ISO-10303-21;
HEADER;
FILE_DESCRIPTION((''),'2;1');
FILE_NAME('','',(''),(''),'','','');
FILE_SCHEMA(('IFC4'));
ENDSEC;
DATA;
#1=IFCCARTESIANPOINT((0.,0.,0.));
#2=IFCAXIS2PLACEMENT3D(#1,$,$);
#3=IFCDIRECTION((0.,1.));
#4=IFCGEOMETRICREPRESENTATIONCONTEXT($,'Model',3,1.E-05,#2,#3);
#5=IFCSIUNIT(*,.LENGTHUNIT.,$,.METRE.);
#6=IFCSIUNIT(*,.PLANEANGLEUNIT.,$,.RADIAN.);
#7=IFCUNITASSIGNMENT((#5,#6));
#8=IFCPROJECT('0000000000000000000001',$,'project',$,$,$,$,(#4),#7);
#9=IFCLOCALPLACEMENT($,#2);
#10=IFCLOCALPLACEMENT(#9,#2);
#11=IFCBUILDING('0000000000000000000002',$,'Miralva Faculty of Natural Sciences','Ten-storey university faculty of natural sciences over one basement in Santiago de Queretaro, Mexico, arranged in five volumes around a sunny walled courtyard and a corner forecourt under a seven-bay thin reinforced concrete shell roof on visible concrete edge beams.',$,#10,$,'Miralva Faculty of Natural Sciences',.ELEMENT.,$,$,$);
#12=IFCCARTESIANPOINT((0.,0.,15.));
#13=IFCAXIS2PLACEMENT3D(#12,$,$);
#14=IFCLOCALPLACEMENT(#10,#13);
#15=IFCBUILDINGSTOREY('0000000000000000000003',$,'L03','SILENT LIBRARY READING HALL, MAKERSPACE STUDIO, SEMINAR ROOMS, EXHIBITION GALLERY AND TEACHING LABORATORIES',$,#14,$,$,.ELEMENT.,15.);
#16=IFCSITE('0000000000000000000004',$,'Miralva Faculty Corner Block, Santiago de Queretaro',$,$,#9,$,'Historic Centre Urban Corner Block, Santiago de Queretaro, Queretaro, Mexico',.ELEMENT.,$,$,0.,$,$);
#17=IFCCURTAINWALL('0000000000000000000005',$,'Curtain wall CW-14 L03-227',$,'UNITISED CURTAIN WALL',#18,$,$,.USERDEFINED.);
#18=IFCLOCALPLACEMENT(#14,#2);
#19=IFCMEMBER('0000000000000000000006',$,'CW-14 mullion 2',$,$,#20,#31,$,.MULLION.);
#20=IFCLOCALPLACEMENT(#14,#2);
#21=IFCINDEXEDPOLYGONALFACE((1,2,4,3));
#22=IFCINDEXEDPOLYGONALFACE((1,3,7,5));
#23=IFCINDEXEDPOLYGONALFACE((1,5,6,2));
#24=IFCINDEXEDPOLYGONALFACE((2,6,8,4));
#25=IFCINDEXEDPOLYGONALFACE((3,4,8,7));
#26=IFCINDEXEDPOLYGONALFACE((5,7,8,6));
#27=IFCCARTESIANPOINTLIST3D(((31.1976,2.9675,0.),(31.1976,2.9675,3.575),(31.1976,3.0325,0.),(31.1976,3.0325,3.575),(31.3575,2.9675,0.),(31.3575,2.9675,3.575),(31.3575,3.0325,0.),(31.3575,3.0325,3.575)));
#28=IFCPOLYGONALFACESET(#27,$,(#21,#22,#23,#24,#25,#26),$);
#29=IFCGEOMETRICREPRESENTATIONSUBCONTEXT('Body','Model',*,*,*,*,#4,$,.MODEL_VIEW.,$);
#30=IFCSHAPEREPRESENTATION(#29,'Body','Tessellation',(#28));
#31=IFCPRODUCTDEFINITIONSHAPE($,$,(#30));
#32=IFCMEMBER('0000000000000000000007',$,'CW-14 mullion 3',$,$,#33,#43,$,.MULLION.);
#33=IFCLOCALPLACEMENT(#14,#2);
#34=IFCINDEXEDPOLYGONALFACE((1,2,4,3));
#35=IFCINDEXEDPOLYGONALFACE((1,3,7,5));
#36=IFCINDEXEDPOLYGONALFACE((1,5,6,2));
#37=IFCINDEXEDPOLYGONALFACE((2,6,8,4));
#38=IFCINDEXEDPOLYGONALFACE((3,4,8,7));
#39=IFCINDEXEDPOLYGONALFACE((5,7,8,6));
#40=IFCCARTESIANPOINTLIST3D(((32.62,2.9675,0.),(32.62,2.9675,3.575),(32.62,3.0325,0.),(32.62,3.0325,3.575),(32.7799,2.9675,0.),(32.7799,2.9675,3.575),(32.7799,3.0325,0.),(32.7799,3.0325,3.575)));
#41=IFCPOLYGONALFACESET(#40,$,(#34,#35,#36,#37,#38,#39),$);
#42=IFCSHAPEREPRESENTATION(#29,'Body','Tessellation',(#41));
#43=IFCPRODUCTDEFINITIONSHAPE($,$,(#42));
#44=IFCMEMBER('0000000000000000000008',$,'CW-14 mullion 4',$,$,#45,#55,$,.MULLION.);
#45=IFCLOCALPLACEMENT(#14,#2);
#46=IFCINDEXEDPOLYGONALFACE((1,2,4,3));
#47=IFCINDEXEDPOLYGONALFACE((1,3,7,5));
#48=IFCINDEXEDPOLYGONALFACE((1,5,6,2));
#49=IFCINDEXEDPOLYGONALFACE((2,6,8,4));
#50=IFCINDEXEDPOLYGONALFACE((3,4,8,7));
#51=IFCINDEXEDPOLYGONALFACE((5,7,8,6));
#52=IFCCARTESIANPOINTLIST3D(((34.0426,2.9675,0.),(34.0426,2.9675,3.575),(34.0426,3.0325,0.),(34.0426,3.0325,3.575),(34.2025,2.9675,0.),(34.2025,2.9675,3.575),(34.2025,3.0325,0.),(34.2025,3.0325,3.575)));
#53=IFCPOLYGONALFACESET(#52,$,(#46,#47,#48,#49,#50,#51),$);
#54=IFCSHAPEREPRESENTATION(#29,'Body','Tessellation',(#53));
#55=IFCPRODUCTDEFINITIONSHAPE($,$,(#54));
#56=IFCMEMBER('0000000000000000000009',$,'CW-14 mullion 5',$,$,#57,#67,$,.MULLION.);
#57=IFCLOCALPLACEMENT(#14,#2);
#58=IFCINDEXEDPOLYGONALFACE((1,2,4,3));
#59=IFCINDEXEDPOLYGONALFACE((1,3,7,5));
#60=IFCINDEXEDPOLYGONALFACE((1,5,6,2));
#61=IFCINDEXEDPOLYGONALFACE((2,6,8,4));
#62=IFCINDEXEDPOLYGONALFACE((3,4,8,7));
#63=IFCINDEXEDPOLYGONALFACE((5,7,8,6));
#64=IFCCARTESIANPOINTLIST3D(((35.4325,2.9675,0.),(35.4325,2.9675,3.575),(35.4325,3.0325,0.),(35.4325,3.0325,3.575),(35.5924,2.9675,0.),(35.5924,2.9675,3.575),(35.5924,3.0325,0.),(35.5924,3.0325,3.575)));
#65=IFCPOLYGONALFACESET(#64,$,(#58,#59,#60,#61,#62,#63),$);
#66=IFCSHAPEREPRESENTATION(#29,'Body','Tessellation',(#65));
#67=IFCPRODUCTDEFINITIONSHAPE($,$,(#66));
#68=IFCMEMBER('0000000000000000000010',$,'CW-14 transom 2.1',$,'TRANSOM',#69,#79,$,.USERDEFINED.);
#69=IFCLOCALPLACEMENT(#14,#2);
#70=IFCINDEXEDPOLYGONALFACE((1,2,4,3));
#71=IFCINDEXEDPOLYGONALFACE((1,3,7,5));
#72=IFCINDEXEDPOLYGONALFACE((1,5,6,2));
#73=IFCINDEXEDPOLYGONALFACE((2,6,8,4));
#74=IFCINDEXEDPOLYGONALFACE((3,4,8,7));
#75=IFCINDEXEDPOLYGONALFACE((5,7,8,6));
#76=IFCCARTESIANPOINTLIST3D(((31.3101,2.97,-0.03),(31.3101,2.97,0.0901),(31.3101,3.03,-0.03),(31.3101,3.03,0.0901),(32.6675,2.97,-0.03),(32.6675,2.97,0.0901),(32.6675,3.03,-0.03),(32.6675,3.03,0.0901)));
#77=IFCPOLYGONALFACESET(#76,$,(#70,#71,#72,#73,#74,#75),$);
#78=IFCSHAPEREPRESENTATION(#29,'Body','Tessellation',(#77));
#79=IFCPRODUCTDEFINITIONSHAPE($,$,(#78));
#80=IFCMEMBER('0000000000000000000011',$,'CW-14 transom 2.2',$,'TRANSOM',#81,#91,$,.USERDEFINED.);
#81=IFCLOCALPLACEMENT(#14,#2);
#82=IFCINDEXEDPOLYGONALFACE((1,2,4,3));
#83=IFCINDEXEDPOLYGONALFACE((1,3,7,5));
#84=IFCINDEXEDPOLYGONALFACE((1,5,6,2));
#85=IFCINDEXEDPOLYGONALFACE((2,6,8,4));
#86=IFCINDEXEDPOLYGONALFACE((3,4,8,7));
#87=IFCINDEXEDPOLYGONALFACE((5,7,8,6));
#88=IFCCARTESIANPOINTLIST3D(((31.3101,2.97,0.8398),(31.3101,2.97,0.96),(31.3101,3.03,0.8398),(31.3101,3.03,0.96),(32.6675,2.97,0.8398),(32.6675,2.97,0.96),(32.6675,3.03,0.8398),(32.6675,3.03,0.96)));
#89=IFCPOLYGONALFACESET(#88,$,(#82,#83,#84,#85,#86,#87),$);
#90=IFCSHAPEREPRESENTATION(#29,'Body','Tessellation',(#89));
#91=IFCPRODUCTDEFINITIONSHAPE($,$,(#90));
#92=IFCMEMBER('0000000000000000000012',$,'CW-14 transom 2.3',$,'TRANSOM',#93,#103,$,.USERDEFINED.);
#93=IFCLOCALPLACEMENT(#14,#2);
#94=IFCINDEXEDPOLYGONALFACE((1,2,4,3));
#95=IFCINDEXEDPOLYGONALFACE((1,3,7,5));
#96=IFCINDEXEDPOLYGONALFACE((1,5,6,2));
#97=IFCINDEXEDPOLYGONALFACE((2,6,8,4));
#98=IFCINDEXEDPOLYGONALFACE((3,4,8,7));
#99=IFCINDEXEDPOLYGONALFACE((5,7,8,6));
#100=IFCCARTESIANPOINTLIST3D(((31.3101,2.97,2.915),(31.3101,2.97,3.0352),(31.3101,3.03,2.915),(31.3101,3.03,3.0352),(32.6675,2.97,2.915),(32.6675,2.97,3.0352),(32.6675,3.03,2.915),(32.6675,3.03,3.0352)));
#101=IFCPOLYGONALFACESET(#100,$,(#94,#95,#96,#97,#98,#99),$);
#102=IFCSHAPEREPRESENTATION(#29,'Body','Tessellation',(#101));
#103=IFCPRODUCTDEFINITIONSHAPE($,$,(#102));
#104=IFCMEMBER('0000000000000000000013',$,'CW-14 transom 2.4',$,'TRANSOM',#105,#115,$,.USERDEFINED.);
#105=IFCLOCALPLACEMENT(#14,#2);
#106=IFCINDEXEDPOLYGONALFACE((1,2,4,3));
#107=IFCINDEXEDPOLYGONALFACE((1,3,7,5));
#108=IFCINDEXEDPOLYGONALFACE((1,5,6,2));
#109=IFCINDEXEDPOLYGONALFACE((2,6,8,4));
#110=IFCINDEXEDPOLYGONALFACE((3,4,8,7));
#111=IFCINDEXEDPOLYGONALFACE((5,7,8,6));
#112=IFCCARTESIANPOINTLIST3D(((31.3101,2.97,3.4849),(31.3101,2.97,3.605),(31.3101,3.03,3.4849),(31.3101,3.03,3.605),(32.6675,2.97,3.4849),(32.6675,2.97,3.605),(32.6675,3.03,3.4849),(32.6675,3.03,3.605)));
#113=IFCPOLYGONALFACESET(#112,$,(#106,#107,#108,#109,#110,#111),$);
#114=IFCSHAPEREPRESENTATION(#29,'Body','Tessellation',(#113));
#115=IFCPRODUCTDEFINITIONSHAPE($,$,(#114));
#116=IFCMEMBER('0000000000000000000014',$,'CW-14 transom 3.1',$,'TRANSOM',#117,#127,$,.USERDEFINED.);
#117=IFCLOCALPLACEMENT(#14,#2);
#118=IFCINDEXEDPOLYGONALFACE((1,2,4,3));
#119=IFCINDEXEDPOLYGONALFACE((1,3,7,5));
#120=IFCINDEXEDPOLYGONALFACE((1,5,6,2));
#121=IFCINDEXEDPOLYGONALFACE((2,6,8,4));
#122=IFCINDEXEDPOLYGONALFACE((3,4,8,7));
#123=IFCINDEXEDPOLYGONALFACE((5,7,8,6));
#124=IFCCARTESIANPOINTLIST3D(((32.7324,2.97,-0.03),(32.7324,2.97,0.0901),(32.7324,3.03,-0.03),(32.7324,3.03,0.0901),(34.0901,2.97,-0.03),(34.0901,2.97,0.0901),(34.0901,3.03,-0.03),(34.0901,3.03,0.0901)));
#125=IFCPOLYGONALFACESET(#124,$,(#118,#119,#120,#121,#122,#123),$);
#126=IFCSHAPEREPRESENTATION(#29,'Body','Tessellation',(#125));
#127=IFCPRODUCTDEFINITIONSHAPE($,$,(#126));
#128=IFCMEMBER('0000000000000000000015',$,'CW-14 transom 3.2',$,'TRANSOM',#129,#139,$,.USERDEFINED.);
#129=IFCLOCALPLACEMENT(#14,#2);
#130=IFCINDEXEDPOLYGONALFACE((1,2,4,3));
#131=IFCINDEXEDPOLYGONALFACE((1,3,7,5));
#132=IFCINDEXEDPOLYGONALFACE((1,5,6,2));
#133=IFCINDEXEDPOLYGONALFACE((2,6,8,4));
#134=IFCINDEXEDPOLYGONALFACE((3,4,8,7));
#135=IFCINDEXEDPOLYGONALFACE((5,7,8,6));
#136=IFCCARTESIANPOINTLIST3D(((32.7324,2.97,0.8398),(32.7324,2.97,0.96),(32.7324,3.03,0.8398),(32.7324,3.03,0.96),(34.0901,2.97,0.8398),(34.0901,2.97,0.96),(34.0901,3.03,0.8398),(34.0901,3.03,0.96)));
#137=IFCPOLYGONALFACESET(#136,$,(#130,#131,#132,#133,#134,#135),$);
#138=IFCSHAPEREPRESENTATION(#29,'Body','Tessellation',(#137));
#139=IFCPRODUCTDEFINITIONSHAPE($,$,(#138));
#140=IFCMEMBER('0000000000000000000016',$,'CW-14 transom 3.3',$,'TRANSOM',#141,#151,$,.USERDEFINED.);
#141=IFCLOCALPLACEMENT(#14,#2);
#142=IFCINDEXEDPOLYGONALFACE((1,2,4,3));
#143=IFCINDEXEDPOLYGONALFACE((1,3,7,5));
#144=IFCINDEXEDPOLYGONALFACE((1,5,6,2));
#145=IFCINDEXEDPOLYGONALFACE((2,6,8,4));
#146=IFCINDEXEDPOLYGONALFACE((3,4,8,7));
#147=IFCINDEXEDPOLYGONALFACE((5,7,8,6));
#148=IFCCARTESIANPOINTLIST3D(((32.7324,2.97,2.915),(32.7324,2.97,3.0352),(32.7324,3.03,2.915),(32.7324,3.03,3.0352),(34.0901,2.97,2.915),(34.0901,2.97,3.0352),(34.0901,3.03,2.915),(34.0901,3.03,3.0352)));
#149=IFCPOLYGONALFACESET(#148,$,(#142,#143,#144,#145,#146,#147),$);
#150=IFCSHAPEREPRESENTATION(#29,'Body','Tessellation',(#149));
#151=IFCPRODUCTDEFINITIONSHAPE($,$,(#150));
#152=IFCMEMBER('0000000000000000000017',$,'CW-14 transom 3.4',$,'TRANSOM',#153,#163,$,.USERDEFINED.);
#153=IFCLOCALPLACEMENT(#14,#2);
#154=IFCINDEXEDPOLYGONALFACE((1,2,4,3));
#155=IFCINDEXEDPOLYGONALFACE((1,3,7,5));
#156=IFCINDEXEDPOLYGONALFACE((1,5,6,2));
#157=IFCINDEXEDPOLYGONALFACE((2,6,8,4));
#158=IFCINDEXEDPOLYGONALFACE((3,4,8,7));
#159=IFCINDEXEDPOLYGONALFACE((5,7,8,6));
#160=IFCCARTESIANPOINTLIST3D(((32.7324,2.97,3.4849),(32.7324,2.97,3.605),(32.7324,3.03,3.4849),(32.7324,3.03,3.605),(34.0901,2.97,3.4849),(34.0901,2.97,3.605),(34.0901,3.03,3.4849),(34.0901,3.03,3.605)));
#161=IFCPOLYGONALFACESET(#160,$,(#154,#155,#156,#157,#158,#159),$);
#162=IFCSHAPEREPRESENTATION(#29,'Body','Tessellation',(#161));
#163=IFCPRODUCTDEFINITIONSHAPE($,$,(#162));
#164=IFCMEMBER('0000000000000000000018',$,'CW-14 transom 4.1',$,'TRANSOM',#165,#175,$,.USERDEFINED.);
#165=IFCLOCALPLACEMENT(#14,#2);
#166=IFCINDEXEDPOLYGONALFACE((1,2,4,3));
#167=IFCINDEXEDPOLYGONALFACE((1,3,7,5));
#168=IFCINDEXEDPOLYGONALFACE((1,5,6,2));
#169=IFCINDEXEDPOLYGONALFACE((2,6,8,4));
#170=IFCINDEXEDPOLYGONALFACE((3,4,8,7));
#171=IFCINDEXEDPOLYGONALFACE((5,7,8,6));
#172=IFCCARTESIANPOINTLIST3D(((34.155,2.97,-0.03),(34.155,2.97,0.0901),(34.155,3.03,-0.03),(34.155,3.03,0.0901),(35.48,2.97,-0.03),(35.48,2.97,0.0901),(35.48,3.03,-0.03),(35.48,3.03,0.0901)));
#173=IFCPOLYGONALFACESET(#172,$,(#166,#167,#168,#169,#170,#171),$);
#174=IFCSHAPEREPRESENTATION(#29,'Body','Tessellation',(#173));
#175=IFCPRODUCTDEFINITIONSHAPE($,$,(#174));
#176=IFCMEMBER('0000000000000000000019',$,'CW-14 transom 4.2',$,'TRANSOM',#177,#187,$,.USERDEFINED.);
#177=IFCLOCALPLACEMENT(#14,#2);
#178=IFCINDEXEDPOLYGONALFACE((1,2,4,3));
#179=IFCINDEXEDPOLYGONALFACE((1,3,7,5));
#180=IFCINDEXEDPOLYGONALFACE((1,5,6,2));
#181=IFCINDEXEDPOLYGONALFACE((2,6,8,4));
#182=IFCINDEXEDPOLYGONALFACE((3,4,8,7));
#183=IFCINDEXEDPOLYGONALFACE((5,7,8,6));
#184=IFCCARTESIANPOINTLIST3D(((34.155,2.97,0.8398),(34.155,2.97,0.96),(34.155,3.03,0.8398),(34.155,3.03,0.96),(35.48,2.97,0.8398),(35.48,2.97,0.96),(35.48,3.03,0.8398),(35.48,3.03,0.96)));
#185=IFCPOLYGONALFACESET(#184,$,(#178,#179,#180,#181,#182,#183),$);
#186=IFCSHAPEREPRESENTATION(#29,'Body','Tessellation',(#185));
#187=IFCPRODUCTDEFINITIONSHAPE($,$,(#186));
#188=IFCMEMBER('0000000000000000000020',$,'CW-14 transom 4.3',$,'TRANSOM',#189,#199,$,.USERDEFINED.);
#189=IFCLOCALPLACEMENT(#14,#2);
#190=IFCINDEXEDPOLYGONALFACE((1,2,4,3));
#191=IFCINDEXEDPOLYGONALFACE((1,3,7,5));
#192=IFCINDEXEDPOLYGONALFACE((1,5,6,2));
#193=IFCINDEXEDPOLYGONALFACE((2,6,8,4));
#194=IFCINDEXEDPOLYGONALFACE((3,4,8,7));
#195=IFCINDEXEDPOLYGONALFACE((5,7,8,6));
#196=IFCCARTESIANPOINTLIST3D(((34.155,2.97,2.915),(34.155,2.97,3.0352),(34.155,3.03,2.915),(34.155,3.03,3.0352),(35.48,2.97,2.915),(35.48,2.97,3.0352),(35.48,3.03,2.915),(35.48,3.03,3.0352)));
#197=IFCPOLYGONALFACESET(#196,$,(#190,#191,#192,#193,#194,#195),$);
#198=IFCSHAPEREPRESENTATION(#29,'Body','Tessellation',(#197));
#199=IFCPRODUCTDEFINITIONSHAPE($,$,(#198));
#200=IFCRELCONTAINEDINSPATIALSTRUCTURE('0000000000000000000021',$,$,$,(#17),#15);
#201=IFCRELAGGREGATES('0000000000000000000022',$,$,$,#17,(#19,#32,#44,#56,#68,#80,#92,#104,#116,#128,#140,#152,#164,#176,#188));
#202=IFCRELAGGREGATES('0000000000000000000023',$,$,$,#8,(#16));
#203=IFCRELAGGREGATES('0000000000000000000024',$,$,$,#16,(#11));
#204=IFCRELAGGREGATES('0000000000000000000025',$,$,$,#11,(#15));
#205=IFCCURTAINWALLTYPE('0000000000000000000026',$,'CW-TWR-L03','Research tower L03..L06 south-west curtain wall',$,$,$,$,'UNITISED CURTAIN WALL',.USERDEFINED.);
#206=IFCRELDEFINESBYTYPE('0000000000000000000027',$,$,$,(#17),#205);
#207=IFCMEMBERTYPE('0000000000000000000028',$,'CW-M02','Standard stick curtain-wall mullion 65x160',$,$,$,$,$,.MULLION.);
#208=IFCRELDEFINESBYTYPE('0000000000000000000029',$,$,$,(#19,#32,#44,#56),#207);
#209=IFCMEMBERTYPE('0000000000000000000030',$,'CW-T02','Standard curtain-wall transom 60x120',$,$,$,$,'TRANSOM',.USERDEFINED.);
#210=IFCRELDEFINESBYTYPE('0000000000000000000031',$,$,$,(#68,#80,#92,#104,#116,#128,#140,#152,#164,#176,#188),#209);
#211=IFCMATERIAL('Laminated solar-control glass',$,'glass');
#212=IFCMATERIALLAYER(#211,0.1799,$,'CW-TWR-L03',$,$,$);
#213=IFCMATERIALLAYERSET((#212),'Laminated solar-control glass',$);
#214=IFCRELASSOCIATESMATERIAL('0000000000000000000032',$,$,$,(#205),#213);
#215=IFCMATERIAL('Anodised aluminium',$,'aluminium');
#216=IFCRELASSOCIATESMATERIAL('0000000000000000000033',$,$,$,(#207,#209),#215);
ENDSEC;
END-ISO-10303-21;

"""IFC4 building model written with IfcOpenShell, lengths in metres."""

from ifc_helpers import new_model, si_unit, direction, frame, origin, origin_2d, place, context, subcontext, project, spatial, rectangle, extrude, material, layer, layer_set, material_profile, profile_set, type_object, element, aggregate, save


model = new_model("IFC4")

# Units and contexts
model_context = context("Model", 3, precision=1e-05, world=origin(), true_north=direction((0.0, 1.0)))
body_context = subcontext(model_context, "Body", "Model", "MODEL_VIEW")
ifc_project = project(units=[si_unit("LENGTHUNIT", "METRE"), si_unit("PLANEANGLEUNIT", "RADIAN")], contexts=[model_context])

# Site, building, storey
site_placement = place(None, origin())
site = spatial("IfcSite", under=ifc_project, at=site_placement, Name="Miralva Faculty Corner Block, Santiago de Queretaro", LongName="Historic Centre Urban Corner Block, Santiago de Queretaro, Queretaro, Mexico", CompositionType="ELEMENT", RefElevation=0.0)
building_placement = place(site_placement, origin())
building = spatial("IfcBuilding", under=site, at=building_placement, Name="Miralva Faculty of Natural Sciences", Description="Ten-storey university faculty of natural sciences over one basement in Santiago de Queretaro, Mexico, arranged in five volumes around a sunny walled courtyard and a corner forecourt under a seven-bay thin reinforced concrete shell roof on visible concrete edge beams.", LongName="Miralva Faculty of Natural Sciences", CompositionType="ELEMENT")
storey_placement = place(building_placement, frame((0.0, 0.0, 15.0)))
storey = spatial("IfcBuildingStorey", under=building, at=storey_placement, Name="L03", Description="SILENT LIBRARY READING HALL, MAKERSPACE STUDIO, SEMINAR ROOMS, EXHIBITION GALLERY AND TEACHING LABORATORIES", CompositionType="ELEMENT", Elevation=15.0)

# Curtain wall, members
ifc_material_1 = material(Name="Laminated solar-control glass", Category="glass")
ifc_layer_1 = layer(ifc_material_1, 0.1799, Name="CW-TWR-L03")
ifc_layer_set_1 = layer_set([ifc_layer_1], Name="Laminated solar-control glass")
curtain_wall_type = type_object("IfcCurtainWallType", Name="CW-TWR-L03", Description="Research tower L03..L06 south-west curtain wall", ElementType="UNITISED CURTAIN WALL", PredefinedType="USERDEFINED", material=ifc_layer_set_1)
curtain_wall_placement = place(storey_placement, origin())
curtain_wall = element("IfcCurtainWall", 1, at=curtain_wall_placement, inside=storey, type_object=curtain_wall_type, Name="Curtain wall CW-14 L03-227", ObjectType="UNITISED CURTAIN WALL", PredefinedType="USERDEFINED")
ifc_material_2 = material(Name="Anodised aluminium", Category="aluminium")
ifc_material_profile_1 = material_profile(ifc_material_2, rectangle(XDim=0.0649, YDim=0.1599, at=origin_2d()), Name="MULLION 65x160")
ifc_profile_set_1 = profile_set([ifc_material_profile_1], Name="Anodised aluminium")
member_type_1 = type_object("IfcMemberType", Name="CW-M02", Description="Standard stick curtain-wall mullion 65x160", PredefinedType="MULLION", material=ifc_profile_set_1)
member_1_placement = place(storey_placement, frame((31.2776, 3.0, 0.0), z_axis=(0.0, 0.0, 1.0), x_axis=(0.0, 1.0, 0.0)))
member_1 = element("IfcMember", 2, at=member_1_placement, type_object=member_type_1, Name="CW-14 mullion 2", PredefinedType="MULLION", context=body_context, shape_type="SweptSolid", body=[
    extrude(rectangle(XDim=0.0649, YDim=0.1599, at=origin_2d()), origin(), (0.0, 0.0, 1.0), 3.575),
])
member_2_placement = place(storey_placement, frame((32.7, 3.0, 0.0), z_axis=(0.0, 0.0, 1.0), x_axis=(0.0, 1.0, 0.0)))
member_2 = element("IfcMember", 3, at=member_2_placement, type_object=member_type_1, Name="CW-14 mullion 3", PredefinedType="MULLION", context=body_context, shape_type="SweptSolid", body=[
    extrude(rectangle(XDim=0.0649, YDim=0.1599, at=origin_2d()), origin(), (0.0, 0.0, 1.0), 3.575),
])
member_3_placement = place(storey_placement, frame((34.1226, 3.0, 0.0), z_axis=(0.0, 0.0, 1.0), x_axis=(0.0, 1.0, 0.0)))
member_3 = element("IfcMember", 4, at=member_3_placement, type_object=member_type_1, Name="CW-14 mullion 4", PredefinedType="MULLION", context=body_context, shape_type="SweptSolid", body=[
    extrude(rectangle(XDim=0.0649, YDim=0.1599, at=origin_2d()), origin(), (0.0, 0.0, 1.0), 3.575),
])
member_4_placement = place(storey_placement, frame((35.5125, 3.0, 0.0), z_axis=(0.0, 0.0, 1.0), x_axis=(0.0, 1.0, 0.0)))
member_4 = element("IfcMember", 5, at=member_4_placement, type_object=member_type_1, Name="CW-14 mullion 5", PredefinedType="MULLION", context=body_context, shape_type="SweptSolid", body=[
    extrude(rectangle(XDim=0.0649, YDim=0.1599, at=origin_2d()), origin(), (0.0, 0.0, 1.0), 3.575),
])
ifc_material_profile_2 = material_profile(ifc_material_2, rectangle(XDim=0.0601, YDim=0.1201, at=origin_2d()), Name="TRANSOM 60x120")
ifc_profile_set_2 = profile_set([ifc_material_profile_2], Name="Anodised aluminium")
member_type_2 = type_object("IfcMemberType", Name="CW-T02", Description="Standard curtain-wall transom 60x120", ElementType="TRANSOM", PredefinedType="USERDEFINED", material=ifc_profile_set_2)
member_5_placement = place(storey_placement, frame((31.3101, 3.0, 0.03), z_axis=(1.0, 0.0, 0.0), x_axis=(0.0, 1.0, 0.0)))
member_5 = element("IfcMember", 6, at=member_5_placement, type_object=member_type_2, Name="CW-14 transom 2.1", ObjectType="TRANSOM", PredefinedType="USERDEFINED", context=body_context, shape_type="SweptSolid", body=[
    extrude(rectangle(XDim=0.0601, YDim=0.1201, at=origin_2d()), origin(), (0.0, 0.0, 1.0), 1.3574),
])
member_6_placement = place(storey_placement, frame((31.3101, 3.0, 0.8999), z_axis=(1.0, 0.0, 0.0), x_axis=(0.0, 1.0, 0.0)))
member_6 = element("IfcMember", 7, at=member_6_placement, type_object=member_type_2, Name="CW-14 transom 2.2", ObjectType="TRANSOM", PredefinedType="USERDEFINED", context=body_context, shape_type="SweptSolid", body=[
    extrude(rectangle(XDim=0.0601, YDim=0.1201, at=origin_2d()), origin(), (0.0, 0.0, 1.0), 1.3574),
])
member_7_placement = place(storey_placement, frame((31.3101, 3.0, 2.9751), z_axis=(1.0, 0.0, 0.0), x_axis=(0.0, 1.0, 0.0)))
member_7 = element("IfcMember", 8, at=member_7_placement, type_object=member_type_2, Name="CW-14 transom 2.3", ObjectType="TRANSOM", PredefinedType="USERDEFINED", context=body_context, shape_type="SweptSolid", body=[
    extrude(rectangle(XDim=0.0601, YDim=0.1201, at=origin_2d()), origin(), (0.0, 0.0, 1.0), 1.3574),
])
member_8_placement = place(storey_placement, frame((31.3101, 3.0, 3.5449), z_axis=(1.0, 0.0, 0.0), x_axis=(0.0, 1.0, 0.0)))
member_8 = element("IfcMember", 9, at=member_8_placement, type_object=member_type_2, Name="CW-14 transom 2.4", ObjectType="TRANSOM", PredefinedType="USERDEFINED", context=body_context, shape_type="SweptSolid", body=[
    extrude(rectangle(XDim=0.0601, YDim=0.1201, at=origin_2d()), origin(), (0.0, 0.0, 1.0), 1.3574),
])
member_9_placement = place(storey_placement, frame((32.7324, 3.0, 0.03), z_axis=(1.0, 0.0, 0.0), x_axis=(0.0, 1.0, 0.0)))
member_9 = element("IfcMember", 10, at=member_9_placement, type_object=member_type_2, Name="CW-14 transom 3.1", ObjectType="TRANSOM", PredefinedType="USERDEFINED", context=body_context, shape_type="SweptSolid", body=[
    extrude(rectangle(XDim=0.0601, YDim=0.1201, at=origin_2d()), origin(), (0.0, 0.0, 1.0), 1.3577),
])
member_10_placement = place(storey_placement, frame((32.7324, 3.0, 0.8999), z_axis=(1.0, 0.0, 0.0), x_axis=(0.0, 1.0, 0.0)))
member_10 = element("IfcMember", 11, at=member_10_placement, type_object=member_type_2, Name="CW-14 transom 3.2", ObjectType="TRANSOM", PredefinedType="USERDEFINED", context=body_context, shape_type="SweptSolid", body=[
    extrude(rectangle(XDim=0.0601, YDim=0.1201, at=origin_2d()), origin(), (0.0, 0.0, 1.0), 1.3577),
])
member_11_placement = place(storey_placement, frame((32.7324, 3.0, 2.9751), z_axis=(1.0, 0.0, 0.0), x_axis=(0.0, 1.0, 0.0)))
member_11 = element("IfcMember", 12, at=member_11_placement, type_object=member_type_2, Name="CW-14 transom 3.3", ObjectType="TRANSOM", PredefinedType="USERDEFINED", context=body_context, shape_type="SweptSolid", body=[
    extrude(rectangle(XDim=0.0601, YDim=0.1201, at=origin_2d()), origin(), (0.0, 0.0, 1.0), 1.3577),
])
member_12_placement = place(storey_placement, frame((32.7324, 3.0, 3.5449), z_axis=(1.0, 0.0, 0.0), x_axis=(0.0, 1.0, 0.0)))
member_12 = element("IfcMember", 13, at=member_12_placement, type_object=member_type_2, Name="CW-14 transom 3.4", ObjectType="TRANSOM", PredefinedType="USERDEFINED", context=body_context, shape_type="SweptSolid", body=[
    extrude(rectangle(XDim=0.0601, YDim=0.1201, at=origin_2d()), origin(), (0.0, 0.0, 1.0), 1.3577),
])
member_13_placement = place(storey_placement, frame((34.155, 3.0, 0.03), z_axis=(1.0, 0.0, 0.0), x_axis=(0.0, 1.0, 0.0)))
member_13 = element("IfcMember", 14, at=member_13_placement, type_object=member_type_2, Name="CW-14 transom 4.1", ObjectType="TRANSOM", PredefinedType="USERDEFINED", context=body_context, shape_type="SweptSolid", body=[
    extrude(rectangle(XDim=0.0601, YDim=0.1201, at=origin_2d()), origin(), (0.0, 0.0, 1.0), 1.325),
])
member_14_placement = place(storey_placement, frame((34.155, 3.0, 0.8999), z_axis=(1.0, 0.0, 0.0), x_axis=(0.0, 1.0, 0.0)))
member_14 = element("IfcMember", 15, at=member_14_placement, type_object=member_type_2, Name="CW-14 transom 4.2", ObjectType="TRANSOM", PredefinedType="USERDEFINED", context=body_context, shape_type="SweptSolid", body=[
    extrude(rectangle(XDim=0.0601, YDim=0.1201, at=origin_2d()), origin(), (0.0, 0.0, 1.0), 1.325),
])
member_15_placement = place(storey_placement, frame((34.155, 3.0, 2.9751), z_axis=(1.0, 0.0, 0.0), x_axis=(0.0, 1.0, 0.0)))
member_15 = element("IfcMember", 16, at=member_15_placement, type_object=member_type_2, Name="CW-14 transom 4.3", ObjectType="TRANSOM", PredefinedType="USERDEFINED", context=body_context, shape_type="SweptSolid", body=[
    extrude(rectangle(XDim=0.0601, YDim=0.1201, at=origin_2d()), origin(), (0.0, 0.0, 1.0), 1.325),
])

aggregate(curtain_wall, [member_1, member_2, member_3, member_4, member_5, member_6, member_7, member_8, member_9, member_10, member_11, member_12, member_13, member_14, member_15])

save(model, "model.ifc")
